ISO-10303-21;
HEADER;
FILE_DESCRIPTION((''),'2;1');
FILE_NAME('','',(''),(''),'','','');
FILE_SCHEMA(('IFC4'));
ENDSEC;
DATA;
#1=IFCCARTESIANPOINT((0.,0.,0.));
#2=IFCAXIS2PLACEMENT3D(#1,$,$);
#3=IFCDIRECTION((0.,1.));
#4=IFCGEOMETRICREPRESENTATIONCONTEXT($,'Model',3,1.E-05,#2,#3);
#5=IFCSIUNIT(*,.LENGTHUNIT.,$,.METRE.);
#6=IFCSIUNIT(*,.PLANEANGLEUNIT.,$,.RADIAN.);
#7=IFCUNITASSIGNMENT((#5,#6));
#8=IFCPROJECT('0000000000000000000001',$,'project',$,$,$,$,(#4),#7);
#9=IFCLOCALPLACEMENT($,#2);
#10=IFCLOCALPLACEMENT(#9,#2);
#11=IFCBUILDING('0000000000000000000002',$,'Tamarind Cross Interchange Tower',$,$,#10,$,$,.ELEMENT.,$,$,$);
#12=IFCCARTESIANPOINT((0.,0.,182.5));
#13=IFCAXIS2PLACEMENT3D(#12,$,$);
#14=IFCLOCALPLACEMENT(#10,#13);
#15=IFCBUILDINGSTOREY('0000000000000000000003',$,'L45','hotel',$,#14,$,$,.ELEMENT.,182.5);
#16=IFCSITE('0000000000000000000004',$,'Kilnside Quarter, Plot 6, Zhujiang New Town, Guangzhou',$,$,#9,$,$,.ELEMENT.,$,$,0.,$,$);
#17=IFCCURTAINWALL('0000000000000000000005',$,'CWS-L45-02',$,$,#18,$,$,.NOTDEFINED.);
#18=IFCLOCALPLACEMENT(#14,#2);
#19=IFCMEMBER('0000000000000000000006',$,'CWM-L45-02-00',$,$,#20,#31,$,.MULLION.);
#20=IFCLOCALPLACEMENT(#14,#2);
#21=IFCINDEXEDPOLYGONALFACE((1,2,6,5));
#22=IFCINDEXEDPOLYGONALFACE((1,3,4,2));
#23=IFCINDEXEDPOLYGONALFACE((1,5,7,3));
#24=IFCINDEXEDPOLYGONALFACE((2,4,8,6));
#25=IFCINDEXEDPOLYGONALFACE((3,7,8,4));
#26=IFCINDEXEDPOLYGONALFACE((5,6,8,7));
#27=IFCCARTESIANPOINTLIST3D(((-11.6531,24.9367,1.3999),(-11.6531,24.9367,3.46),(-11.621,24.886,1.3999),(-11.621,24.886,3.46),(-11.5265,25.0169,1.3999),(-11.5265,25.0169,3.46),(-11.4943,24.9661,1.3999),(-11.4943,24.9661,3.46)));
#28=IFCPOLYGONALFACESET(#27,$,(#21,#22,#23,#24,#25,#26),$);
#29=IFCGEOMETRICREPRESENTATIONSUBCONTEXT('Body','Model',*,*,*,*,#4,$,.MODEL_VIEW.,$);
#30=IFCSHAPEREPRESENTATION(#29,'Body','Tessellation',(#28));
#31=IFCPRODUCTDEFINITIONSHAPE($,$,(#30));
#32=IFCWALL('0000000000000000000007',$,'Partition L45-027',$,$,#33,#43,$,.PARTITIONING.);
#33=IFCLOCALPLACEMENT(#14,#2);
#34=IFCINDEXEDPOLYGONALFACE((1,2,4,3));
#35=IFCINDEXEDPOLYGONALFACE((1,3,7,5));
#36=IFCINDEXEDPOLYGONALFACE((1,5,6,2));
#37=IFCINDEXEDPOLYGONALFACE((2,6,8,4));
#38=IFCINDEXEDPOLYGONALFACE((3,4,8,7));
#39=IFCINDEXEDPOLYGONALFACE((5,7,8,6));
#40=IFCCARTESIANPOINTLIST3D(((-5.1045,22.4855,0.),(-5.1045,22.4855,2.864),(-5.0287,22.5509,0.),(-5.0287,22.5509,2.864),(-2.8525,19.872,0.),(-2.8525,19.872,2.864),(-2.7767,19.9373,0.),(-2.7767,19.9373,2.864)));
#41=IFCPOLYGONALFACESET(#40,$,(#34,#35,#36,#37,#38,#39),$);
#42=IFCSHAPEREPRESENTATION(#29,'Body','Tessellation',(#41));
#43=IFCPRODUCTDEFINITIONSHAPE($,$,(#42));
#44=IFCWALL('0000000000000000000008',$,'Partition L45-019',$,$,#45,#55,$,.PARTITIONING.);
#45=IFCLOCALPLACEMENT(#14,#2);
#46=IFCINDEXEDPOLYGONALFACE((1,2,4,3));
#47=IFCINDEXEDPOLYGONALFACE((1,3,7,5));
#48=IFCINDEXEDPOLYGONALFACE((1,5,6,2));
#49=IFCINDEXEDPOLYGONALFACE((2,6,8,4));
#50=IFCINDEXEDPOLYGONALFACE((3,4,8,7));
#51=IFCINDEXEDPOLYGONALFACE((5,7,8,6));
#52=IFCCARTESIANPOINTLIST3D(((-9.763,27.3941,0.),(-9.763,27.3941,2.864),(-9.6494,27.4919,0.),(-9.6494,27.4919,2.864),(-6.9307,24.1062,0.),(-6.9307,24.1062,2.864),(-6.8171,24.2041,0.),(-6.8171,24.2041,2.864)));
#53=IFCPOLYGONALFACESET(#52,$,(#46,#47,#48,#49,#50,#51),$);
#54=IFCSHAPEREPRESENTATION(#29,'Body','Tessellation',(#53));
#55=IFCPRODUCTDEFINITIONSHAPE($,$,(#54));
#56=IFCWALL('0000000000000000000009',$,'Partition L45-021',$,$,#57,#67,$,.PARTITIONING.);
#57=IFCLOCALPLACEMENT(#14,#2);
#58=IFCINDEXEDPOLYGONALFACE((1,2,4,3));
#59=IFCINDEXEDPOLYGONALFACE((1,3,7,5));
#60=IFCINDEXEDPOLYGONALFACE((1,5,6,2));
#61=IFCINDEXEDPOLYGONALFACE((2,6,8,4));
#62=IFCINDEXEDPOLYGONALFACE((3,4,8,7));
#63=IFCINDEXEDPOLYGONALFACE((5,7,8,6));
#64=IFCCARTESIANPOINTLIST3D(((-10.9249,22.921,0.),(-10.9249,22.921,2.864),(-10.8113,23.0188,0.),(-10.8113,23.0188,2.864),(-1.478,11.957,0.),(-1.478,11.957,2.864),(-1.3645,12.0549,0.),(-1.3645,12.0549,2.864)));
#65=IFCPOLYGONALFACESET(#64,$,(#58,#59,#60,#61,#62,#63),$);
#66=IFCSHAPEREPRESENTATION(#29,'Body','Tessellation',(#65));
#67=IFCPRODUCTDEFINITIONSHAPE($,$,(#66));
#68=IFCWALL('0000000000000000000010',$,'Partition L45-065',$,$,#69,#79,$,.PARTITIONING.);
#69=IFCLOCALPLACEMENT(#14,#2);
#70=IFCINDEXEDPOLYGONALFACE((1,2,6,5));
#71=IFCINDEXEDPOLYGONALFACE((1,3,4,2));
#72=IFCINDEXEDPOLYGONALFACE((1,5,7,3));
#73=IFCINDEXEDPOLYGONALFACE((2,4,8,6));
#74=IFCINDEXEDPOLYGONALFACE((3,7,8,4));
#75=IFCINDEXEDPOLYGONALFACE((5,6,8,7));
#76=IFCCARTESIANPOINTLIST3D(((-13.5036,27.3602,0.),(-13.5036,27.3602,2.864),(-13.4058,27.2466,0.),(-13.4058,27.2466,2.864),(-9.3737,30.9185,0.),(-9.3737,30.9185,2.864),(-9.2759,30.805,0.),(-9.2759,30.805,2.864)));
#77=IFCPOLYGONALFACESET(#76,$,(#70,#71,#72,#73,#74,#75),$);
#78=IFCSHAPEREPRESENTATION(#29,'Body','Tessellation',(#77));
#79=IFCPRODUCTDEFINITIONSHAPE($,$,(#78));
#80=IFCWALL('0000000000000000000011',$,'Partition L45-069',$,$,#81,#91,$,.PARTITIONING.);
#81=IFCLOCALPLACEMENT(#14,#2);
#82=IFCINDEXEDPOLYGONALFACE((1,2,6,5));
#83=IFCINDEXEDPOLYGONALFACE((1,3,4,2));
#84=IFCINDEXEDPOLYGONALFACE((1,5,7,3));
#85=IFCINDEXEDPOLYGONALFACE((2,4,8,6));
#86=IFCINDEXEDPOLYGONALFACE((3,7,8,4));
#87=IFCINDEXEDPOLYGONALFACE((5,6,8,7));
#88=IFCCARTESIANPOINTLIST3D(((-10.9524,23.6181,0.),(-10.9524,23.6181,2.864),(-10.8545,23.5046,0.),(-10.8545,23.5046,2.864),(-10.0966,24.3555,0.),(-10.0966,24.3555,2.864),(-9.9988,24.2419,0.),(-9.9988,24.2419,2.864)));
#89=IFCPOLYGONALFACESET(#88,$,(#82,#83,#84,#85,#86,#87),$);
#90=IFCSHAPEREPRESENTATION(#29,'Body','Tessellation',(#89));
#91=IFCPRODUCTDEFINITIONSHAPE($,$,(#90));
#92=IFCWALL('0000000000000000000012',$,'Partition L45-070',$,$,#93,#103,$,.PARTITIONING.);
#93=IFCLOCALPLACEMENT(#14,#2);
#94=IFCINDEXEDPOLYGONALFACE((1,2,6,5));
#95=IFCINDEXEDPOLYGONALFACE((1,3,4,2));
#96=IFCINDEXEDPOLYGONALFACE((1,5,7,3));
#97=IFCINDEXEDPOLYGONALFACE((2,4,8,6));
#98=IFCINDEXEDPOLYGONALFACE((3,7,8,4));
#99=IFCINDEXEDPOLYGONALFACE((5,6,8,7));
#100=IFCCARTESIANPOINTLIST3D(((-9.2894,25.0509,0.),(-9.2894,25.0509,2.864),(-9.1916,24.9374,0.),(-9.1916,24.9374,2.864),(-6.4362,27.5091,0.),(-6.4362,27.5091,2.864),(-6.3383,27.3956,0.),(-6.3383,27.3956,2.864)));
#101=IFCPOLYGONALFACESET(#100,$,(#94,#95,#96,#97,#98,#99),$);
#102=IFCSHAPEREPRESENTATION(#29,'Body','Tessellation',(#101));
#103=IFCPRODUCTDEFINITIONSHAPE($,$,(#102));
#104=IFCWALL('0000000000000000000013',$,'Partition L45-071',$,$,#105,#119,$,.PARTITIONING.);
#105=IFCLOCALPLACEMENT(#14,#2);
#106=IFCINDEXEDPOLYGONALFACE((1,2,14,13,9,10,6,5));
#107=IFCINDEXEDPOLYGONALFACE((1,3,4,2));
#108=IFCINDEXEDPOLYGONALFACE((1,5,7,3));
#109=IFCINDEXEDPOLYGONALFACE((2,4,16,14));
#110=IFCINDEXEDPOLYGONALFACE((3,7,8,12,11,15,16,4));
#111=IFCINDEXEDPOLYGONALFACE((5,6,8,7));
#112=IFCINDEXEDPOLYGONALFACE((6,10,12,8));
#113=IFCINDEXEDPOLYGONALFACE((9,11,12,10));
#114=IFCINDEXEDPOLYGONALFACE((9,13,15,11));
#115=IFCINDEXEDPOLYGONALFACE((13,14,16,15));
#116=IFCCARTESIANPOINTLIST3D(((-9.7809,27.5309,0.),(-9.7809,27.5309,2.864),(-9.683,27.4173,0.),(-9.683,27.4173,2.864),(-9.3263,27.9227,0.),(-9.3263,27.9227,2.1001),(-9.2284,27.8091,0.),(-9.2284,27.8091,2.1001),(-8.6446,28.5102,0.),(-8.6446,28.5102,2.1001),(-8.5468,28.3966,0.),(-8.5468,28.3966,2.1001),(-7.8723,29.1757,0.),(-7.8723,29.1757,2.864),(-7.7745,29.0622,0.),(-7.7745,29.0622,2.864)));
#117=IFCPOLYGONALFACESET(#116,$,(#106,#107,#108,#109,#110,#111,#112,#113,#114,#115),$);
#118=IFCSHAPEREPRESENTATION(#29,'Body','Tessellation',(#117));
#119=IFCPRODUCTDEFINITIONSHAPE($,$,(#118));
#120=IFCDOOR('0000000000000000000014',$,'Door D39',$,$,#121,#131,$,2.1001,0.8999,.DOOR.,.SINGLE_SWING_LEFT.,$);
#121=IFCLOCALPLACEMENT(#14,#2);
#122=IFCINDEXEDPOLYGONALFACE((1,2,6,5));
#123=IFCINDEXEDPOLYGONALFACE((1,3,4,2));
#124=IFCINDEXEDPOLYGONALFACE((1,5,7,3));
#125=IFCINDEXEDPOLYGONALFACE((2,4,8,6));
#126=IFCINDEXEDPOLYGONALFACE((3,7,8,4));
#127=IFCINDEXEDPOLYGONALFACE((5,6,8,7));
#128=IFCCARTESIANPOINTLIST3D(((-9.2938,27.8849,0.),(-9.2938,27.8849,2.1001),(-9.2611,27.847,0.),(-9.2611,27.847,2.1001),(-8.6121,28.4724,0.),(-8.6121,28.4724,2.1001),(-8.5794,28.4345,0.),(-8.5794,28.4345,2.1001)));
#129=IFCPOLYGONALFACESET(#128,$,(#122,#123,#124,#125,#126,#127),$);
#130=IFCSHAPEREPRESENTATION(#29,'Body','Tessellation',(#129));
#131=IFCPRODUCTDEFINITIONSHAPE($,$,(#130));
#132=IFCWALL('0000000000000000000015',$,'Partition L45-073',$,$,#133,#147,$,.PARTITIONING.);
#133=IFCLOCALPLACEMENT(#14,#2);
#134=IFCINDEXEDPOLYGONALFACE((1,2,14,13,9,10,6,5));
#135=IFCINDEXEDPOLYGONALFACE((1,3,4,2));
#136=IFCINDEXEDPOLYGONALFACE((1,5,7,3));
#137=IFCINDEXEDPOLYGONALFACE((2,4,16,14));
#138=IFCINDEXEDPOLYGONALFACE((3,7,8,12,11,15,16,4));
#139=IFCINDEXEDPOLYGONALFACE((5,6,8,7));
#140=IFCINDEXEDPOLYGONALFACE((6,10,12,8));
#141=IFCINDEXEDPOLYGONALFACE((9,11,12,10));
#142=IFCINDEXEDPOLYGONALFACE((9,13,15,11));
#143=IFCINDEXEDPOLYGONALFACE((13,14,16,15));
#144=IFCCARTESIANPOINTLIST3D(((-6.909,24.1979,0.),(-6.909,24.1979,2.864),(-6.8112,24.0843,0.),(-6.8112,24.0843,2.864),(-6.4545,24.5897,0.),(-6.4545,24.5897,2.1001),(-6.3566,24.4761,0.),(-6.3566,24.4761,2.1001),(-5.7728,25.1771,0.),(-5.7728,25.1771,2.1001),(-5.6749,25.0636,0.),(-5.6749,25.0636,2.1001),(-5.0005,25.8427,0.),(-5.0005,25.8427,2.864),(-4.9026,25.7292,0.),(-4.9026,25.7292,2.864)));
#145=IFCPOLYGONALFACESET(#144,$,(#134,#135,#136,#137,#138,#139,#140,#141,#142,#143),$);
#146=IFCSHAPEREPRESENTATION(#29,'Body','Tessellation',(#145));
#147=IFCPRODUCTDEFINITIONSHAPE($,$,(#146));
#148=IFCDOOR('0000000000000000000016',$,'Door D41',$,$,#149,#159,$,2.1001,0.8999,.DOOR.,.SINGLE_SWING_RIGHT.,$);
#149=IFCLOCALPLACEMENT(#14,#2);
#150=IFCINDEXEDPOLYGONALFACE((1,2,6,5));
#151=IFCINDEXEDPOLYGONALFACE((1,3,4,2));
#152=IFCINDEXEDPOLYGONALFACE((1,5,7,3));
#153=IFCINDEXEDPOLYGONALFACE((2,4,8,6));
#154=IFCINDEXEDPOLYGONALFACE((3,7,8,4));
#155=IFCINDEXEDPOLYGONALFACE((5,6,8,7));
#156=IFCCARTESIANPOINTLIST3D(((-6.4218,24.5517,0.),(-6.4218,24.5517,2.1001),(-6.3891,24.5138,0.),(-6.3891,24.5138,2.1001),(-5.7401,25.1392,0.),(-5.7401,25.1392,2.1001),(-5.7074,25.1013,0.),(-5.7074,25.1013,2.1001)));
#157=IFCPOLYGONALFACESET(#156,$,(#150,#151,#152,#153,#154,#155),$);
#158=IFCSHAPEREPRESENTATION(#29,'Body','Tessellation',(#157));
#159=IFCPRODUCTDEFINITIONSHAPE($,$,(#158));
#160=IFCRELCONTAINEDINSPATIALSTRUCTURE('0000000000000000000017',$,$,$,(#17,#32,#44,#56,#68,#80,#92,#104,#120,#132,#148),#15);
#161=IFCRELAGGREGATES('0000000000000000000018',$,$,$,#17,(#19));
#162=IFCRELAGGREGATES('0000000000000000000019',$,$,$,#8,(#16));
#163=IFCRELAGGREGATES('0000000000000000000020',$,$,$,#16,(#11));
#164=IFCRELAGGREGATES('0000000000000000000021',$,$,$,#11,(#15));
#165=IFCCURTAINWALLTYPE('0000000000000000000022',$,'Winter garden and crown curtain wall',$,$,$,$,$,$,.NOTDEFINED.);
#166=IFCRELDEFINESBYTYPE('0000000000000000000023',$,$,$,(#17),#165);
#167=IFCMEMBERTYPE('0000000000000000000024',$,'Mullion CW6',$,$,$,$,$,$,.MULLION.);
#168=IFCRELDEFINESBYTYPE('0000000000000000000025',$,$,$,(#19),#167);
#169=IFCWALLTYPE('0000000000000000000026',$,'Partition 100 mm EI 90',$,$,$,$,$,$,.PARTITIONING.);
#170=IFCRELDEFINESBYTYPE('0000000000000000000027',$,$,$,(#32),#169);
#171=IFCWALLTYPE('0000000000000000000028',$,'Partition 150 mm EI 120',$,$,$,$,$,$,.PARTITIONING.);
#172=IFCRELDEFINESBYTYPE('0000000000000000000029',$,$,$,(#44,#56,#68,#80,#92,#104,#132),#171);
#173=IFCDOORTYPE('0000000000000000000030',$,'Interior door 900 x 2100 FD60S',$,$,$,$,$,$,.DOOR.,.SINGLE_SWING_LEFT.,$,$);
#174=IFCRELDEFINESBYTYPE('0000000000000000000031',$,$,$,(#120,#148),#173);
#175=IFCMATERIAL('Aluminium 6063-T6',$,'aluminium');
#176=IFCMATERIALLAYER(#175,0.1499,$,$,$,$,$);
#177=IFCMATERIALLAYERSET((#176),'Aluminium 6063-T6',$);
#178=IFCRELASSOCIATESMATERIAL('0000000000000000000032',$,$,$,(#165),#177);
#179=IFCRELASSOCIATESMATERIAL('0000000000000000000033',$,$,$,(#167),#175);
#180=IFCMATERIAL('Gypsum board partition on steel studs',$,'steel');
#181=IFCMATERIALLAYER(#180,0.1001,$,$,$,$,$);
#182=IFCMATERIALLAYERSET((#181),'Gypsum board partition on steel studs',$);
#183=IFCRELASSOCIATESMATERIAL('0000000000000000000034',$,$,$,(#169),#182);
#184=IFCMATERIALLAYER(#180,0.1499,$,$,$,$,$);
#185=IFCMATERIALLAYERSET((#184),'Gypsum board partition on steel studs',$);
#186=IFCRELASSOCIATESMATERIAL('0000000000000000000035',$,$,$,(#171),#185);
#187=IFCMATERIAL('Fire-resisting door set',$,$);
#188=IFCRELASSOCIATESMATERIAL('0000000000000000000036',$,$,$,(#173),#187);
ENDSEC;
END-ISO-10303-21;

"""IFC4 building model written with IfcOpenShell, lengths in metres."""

from ifc_helpers import new_model, si_unit, direction, frame, frame_2d, origin, origin_2d, place, context, subcontext, project, spatial, rectangle, extrude, material, layer, layer_set, material_profile, profile_set, type_object, element, fill, aggregate, save


model = new_model("IFC4")

# Units and contexts
model_context = context("Model", 3, precision=1e-05, world=origin(), true_north=direction((0.0, 1.0)))
body_context = subcontext(model_context, "Body", "Model", "MODEL_VIEW")
ifc_project = project(units=[si_unit("LENGTHUNIT", "METRE"), si_unit("PLANEANGLEUNIT", "RADIAN")], contexts=[model_context])

# Site, building, storey
site_placement = place(None, origin())
site = spatial("IfcSite", under=ifc_project, at=site_placement, Name="Kilnside Quarter, Plot 6, Zhujiang New Town, Guangzhou", CompositionType="ELEMENT", RefElevation=0.0)
building_placement = place(site_placement, origin())
building = spatial("IfcBuilding", under=site, at=building_placement, Name="Tamarind Cross Interchange Tower", CompositionType="ELEMENT")
storey_placement = place(building_placement, frame((0.0, 0.0, 182.5)))
storey = spatial("IfcBuildingStorey", under=building, at=storey_placement, Name="L45", Description="hotel", CompositionType="ELEMENT", Elevation=182.5)

# Shared definitions
ifc_material_1 = material(Name="Aluminium 6063-T6", Category="aluminium")

# Curtain wall, member
ifc_layer_1 = layer(ifc_material_1, 0.1499)
ifc_layer_set_1 = layer_set([ifc_layer_1], Name="Aluminium 6063-T6")
curtain_wall_type_1 = type_object("IfcCurtainWallType", Name="Winter garden and crown curtain wall", PredefinedType="NOTDEFINED", material=ifc_layer_set_1)
curtain_wall_1_placement = place(storey_placement, origin())
curtain_wall_1 = element("IfcCurtainWall", 1, at=curtain_wall_1_placement, inside=storey, type_object=curtain_wall_type_1, Name="CWS-L45-02", PredefinedType="NOTDEFINED")
ifc_material_profile_1 = material_profile(ifc_material_1, rectangle(XDim=0.0601, YDim=0.1499, at=origin_2d()), Name="Mullion CW6")
ifc_profile_set_1 = profile_set([ifc_material_profile_1], Name="Aluminium 6063-T6")
member_type_1 = type_object("IfcMemberType", Name="Mullion CW6", PredefinedType="MULLION", material=ifc_profile_set_1)
member_1_placement = place(storey_placement, frame((-11.5737, 24.9514, 1.3999), z_axis=(0.0, 0.0, 1.0), x_axis=(0.534767, -0.845, 0.0)))
member_1 = element("IfcMember", 2, at=member_1_placement, type_object=member_type_1, Name="CWM-L45-02-00", PredefinedType="MULLION", context=body_context, shape_type="SweptSolid", body=[
    extrude(rectangle(XDim=0.0601, YDim=0.1499, at=origin_2d()), origin(), (0.0, 0.0, 1.0), 2.0601),
])
aggregate(curtain_wall_1, [member_1])

# Walls
ifc_material_2 = material(Name="Gypsum board partition on steel studs", Category="steel")
ifc_layer_2 = layer(ifc_material_2, 0.1001)
ifc_layer_set_2 = layer_set([ifc_layer_2], Name="Gypsum board partition on steel studs")
wall_type_1 = type_object("IfcWallType", Name="Partition 100 mm EI 90", PredefinedType="PARTITIONING", material=ifc_layer_set_2)
wall_1_placement = place(storey_placement, frame((-5.0667, 22.5183, 0.0), z_axis=(0.0, 0.0, 1.0), x_axis=(0.652759, -0.757566, 0.0)))
element("IfcWall", 3, at=wall_1_placement, inside=storey, type_object=wall_type_1, Name="Partition L45-027", PredefinedType="PARTITIONING", context=body_context, shape_type="SweptSolid", body=[
    extrude(rectangle(XDim=3.45, YDim=0.1001, at=frame_2d((1.7251, 0.0))), origin(), (0.0, 0.0, 1.0), 2.864),
])
ifc_layer_3 = layer(ifc_material_2, 0.1499)
ifc_layer_set_3 = layer_set([ifc_layer_3], Name="Gypsum board partition on steel studs")
wall_type_2 = type_object("IfcWallType", Name="Partition 150 mm EI 120", PredefinedType="PARTITIONING", material=ifc_layer_set_3)
wall_2_placement = place(storey_placement, frame((-9.7063, 27.4431, 0.0), z_axis=(0.0, 0.0, 1.0), x_axis=(0.652666, -0.757646, 0.0)))
element("IfcWall", 4, at=wall_2_placement, inside=storey, type_object=wall_type_2, Name="Partition L45-019", PredefinedType="PARTITIONING", context=body_context, shape_type="SweptSolid", body=[
    extrude(rectangle(XDim=4.3396, YDim=0.1499, at=frame_2d((2.1699, 0.0))), origin(), (0.0, 0.0, 1.0), 2.864),
])
wall_3_placement = place(storey_placement, frame((-10.8682, 22.97, 0.0), z_axis=(0.0, 0.0, 1.0), x_axis=(0.652748, -0.757575, 0.0)))
element("IfcWall", 5, at=wall_3_placement, inside=storey, type_object=wall_type_2, Name="Partition L45-021", PredefinedType="PARTITIONING", context=body_context, shape_type="SweptSolid", body=[
    extrude(rectangle(XDim=14.4724, YDim=0.1499, at=frame_2d((7.2363, 0.0))), origin(), (0.0, 0.0, 1.0), 2.864),
])
wall_4_placement = place(storey_placement, frame((-13.4546, 27.3035, 0.0), z_axis=(0.0, 0.0, 1.0), x_axis=(0.757582, 0.65274, 0.0)))
element("IfcWall", 6, at=wall_4_placement, inside=storey, type_object=wall_type_2, Name="Partition L45-065", PredefinedType="PARTITIONING", context=body_context, shape_type="SweptSolid", body=[
    extrude(rectangle(XDim=5.4514, YDim=0.1499, at=frame_2d((2.7256, 0.0))), origin(), (0.0, 0.0, 1.0), 2.864),
])
wall_5_placement = place(storey_placement, frame((-10.9036, 23.5613, 0.0), z_axis=(0.0, 0.0, 1.0), x_axis=(0.757576, 0.652747, 0.0)))
element("IfcWall", 7, at=wall_5_placement, inside=storey, type_object=wall_type_2, Name="Partition L45-069", PredefinedType="PARTITIONING", context=body_context, shape_type="SweptSolid", body=[
    extrude(rectangle(XDim=1.1296, YDim=0.1499, at=frame_2d((0.5649, 0.0))), origin(), (0.0, 0.0, 1.0), 2.864),
])
wall_6_placement = place(storey_placement, frame((-9.2405, 24.9941, 0.0), z_axis=(0.0, 0.0, 1.0), x_axis=(0.757602, 0.652716, 0.0)))
element("IfcWall", 8, at=wall_6_placement, inside=storey, type_object=wall_type_2, Name="Partition L45-070", PredefinedType="PARTITIONING", context=body_context, shape_type="SweptSolid", body=[
    extrude(rectangle(XDim=3.7661, YDim=0.1499, at=frame_2d((1.8831, 0.0))), origin(), (0.0, 0.0, 1.0), 2.864),
])

# Walls, openings, doors
wall_7_placement = place(storey_placement, frame((-9.7319, 27.4741, 0.0), z_axis=(0.0, 0.0, 1.0), x_axis=(0.757496, 0.65284, 0.0)))
wall_7 = element("IfcWall", 9, at=wall_7_placement, inside=storey, type_object=wall_type_2, Name="Partition L45-071", PredefinedType="PARTITIONING", context=body_context, shape_type="SweptSolid", body=[
    extrude(rectangle(XDim=2.5195, YDim=0.1499, at=frame_2d((1.2598, 0.0))), origin(), (0.0, 0.0, 1.0), 2.864),
])
opening_1_placement = place(wall_7_placement, frame((0.6001, 0.0, 0.0)))
opening_1 = element("IfcOpeningElement", 10, at=opening_1_placement, cuts=wall_7, PredefinedType="OPENING", context=body_context, shape_type="SweptSolid", body=[
    extrude(rectangle(XDim=0.8999, YDim=2.1001, at=frame_2d((0.45, 1.05))), frame((0.0, 0.085, 0.0), z_axis=(0.0, -1.0, 0.0), x_axis=(1.0, 0.0, 0.0)), (0.0, 0.0, 1.0), 0.1699),
])
ifc_material_3 = material(Name="Fire-resisting door set")
door_type = type_object("IfcDoorType", Name="Interior door 900 x 2100 FD60S", OperationType="SINGLE_SWING_LEFT", PredefinedType="DOOR", material=ifc_material_3)
door_1_placement = place(opening_1_placement, frame((0.8999, 0.0, 0.0), z_axis=(0.0, 0.0, 1.0), x_axis=(-1.0, 0.0, 0.0)))
door_1 = element("IfcDoor", 11, at=door_1_placement, inside=storey, type_object=door_type, Name="Door D39", OperationType="SINGLE_SWING_LEFT", OverallHeight=2.1001, OverallWidth=0.8999, PredefinedType="DOOR", context=body_context, shape_type="SweptSolid", body=[
    extrude(rectangle(XDim=0.8999, YDim=2.1001, at=frame_2d((0.45, 1.05))), frame((0.0, 0.0249, 0.0), z_axis=(0.0, -1.0, 0.0), x_axis=(1.0, 0.0, 0.0)), (0.0, 0.0, 1.0), 0.05),
])
fill(opening_1, door_1)
wall_8_placement = place(storey_placement, frame((-6.8601, 24.1411, 0.0), z_axis=(0.0, 0.0, 1.0), x_axis=(0.757496, 0.65284, 0.0)))
wall_8 = element("IfcWall", 12, at=wall_8_placement, inside=storey, type_object=wall_type_2, Name="Partition L45-073", PredefinedType="PARTITIONING", context=body_context, shape_type="SweptSolid", body=[
    extrude(rectangle(XDim=2.5195, YDim=0.1499, at=frame_2d((1.2598, 0.0))), origin(), (0.0, 0.0, 1.0), 2.864),
])
opening_2_placement = place(wall_8_placement, frame((0.6001, 0.0, 0.0)))
opening_2 = element("IfcOpeningElement", 13, at=opening_2_placement, cuts=wall_8, PredefinedType="OPENING", context=body_context, shape_type="SweptSolid", body=[
    extrude(rectangle(XDim=0.8999, YDim=2.1001, at=frame_2d((0.45, 1.05))), frame((0.0, 0.085, 0.0), z_axis=(0.0, -1.0, 0.0), x_axis=(1.0, 0.0, 0.0)), (0.0, 0.0, 1.0), 0.1699),
])
door_2_placement = place(opening_2_placement, origin())
door_2 = element("IfcDoor", 14, at=door_2_placement, inside=storey, type_object=door_type, Name="Door D41", OperationType="SINGLE_SWING_RIGHT", OverallHeight=2.1001, OverallWidth=0.8999, PredefinedType="DOOR", context=body_context, shape_type="SweptSolid", body=[
    extrude(rectangle(XDim=0.8999, YDim=2.1001, at=frame_2d((0.45, 1.05))), frame((0.0, 0.0249, 0.0), z_axis=(0.0, -1.0, 0.0), x_axis=(1.0, 0.0, 0.0)), (0.0, 0.0, 1.0), 0.05),
])
fill(opening_2, door_2)

save(model, "model.ifc")
